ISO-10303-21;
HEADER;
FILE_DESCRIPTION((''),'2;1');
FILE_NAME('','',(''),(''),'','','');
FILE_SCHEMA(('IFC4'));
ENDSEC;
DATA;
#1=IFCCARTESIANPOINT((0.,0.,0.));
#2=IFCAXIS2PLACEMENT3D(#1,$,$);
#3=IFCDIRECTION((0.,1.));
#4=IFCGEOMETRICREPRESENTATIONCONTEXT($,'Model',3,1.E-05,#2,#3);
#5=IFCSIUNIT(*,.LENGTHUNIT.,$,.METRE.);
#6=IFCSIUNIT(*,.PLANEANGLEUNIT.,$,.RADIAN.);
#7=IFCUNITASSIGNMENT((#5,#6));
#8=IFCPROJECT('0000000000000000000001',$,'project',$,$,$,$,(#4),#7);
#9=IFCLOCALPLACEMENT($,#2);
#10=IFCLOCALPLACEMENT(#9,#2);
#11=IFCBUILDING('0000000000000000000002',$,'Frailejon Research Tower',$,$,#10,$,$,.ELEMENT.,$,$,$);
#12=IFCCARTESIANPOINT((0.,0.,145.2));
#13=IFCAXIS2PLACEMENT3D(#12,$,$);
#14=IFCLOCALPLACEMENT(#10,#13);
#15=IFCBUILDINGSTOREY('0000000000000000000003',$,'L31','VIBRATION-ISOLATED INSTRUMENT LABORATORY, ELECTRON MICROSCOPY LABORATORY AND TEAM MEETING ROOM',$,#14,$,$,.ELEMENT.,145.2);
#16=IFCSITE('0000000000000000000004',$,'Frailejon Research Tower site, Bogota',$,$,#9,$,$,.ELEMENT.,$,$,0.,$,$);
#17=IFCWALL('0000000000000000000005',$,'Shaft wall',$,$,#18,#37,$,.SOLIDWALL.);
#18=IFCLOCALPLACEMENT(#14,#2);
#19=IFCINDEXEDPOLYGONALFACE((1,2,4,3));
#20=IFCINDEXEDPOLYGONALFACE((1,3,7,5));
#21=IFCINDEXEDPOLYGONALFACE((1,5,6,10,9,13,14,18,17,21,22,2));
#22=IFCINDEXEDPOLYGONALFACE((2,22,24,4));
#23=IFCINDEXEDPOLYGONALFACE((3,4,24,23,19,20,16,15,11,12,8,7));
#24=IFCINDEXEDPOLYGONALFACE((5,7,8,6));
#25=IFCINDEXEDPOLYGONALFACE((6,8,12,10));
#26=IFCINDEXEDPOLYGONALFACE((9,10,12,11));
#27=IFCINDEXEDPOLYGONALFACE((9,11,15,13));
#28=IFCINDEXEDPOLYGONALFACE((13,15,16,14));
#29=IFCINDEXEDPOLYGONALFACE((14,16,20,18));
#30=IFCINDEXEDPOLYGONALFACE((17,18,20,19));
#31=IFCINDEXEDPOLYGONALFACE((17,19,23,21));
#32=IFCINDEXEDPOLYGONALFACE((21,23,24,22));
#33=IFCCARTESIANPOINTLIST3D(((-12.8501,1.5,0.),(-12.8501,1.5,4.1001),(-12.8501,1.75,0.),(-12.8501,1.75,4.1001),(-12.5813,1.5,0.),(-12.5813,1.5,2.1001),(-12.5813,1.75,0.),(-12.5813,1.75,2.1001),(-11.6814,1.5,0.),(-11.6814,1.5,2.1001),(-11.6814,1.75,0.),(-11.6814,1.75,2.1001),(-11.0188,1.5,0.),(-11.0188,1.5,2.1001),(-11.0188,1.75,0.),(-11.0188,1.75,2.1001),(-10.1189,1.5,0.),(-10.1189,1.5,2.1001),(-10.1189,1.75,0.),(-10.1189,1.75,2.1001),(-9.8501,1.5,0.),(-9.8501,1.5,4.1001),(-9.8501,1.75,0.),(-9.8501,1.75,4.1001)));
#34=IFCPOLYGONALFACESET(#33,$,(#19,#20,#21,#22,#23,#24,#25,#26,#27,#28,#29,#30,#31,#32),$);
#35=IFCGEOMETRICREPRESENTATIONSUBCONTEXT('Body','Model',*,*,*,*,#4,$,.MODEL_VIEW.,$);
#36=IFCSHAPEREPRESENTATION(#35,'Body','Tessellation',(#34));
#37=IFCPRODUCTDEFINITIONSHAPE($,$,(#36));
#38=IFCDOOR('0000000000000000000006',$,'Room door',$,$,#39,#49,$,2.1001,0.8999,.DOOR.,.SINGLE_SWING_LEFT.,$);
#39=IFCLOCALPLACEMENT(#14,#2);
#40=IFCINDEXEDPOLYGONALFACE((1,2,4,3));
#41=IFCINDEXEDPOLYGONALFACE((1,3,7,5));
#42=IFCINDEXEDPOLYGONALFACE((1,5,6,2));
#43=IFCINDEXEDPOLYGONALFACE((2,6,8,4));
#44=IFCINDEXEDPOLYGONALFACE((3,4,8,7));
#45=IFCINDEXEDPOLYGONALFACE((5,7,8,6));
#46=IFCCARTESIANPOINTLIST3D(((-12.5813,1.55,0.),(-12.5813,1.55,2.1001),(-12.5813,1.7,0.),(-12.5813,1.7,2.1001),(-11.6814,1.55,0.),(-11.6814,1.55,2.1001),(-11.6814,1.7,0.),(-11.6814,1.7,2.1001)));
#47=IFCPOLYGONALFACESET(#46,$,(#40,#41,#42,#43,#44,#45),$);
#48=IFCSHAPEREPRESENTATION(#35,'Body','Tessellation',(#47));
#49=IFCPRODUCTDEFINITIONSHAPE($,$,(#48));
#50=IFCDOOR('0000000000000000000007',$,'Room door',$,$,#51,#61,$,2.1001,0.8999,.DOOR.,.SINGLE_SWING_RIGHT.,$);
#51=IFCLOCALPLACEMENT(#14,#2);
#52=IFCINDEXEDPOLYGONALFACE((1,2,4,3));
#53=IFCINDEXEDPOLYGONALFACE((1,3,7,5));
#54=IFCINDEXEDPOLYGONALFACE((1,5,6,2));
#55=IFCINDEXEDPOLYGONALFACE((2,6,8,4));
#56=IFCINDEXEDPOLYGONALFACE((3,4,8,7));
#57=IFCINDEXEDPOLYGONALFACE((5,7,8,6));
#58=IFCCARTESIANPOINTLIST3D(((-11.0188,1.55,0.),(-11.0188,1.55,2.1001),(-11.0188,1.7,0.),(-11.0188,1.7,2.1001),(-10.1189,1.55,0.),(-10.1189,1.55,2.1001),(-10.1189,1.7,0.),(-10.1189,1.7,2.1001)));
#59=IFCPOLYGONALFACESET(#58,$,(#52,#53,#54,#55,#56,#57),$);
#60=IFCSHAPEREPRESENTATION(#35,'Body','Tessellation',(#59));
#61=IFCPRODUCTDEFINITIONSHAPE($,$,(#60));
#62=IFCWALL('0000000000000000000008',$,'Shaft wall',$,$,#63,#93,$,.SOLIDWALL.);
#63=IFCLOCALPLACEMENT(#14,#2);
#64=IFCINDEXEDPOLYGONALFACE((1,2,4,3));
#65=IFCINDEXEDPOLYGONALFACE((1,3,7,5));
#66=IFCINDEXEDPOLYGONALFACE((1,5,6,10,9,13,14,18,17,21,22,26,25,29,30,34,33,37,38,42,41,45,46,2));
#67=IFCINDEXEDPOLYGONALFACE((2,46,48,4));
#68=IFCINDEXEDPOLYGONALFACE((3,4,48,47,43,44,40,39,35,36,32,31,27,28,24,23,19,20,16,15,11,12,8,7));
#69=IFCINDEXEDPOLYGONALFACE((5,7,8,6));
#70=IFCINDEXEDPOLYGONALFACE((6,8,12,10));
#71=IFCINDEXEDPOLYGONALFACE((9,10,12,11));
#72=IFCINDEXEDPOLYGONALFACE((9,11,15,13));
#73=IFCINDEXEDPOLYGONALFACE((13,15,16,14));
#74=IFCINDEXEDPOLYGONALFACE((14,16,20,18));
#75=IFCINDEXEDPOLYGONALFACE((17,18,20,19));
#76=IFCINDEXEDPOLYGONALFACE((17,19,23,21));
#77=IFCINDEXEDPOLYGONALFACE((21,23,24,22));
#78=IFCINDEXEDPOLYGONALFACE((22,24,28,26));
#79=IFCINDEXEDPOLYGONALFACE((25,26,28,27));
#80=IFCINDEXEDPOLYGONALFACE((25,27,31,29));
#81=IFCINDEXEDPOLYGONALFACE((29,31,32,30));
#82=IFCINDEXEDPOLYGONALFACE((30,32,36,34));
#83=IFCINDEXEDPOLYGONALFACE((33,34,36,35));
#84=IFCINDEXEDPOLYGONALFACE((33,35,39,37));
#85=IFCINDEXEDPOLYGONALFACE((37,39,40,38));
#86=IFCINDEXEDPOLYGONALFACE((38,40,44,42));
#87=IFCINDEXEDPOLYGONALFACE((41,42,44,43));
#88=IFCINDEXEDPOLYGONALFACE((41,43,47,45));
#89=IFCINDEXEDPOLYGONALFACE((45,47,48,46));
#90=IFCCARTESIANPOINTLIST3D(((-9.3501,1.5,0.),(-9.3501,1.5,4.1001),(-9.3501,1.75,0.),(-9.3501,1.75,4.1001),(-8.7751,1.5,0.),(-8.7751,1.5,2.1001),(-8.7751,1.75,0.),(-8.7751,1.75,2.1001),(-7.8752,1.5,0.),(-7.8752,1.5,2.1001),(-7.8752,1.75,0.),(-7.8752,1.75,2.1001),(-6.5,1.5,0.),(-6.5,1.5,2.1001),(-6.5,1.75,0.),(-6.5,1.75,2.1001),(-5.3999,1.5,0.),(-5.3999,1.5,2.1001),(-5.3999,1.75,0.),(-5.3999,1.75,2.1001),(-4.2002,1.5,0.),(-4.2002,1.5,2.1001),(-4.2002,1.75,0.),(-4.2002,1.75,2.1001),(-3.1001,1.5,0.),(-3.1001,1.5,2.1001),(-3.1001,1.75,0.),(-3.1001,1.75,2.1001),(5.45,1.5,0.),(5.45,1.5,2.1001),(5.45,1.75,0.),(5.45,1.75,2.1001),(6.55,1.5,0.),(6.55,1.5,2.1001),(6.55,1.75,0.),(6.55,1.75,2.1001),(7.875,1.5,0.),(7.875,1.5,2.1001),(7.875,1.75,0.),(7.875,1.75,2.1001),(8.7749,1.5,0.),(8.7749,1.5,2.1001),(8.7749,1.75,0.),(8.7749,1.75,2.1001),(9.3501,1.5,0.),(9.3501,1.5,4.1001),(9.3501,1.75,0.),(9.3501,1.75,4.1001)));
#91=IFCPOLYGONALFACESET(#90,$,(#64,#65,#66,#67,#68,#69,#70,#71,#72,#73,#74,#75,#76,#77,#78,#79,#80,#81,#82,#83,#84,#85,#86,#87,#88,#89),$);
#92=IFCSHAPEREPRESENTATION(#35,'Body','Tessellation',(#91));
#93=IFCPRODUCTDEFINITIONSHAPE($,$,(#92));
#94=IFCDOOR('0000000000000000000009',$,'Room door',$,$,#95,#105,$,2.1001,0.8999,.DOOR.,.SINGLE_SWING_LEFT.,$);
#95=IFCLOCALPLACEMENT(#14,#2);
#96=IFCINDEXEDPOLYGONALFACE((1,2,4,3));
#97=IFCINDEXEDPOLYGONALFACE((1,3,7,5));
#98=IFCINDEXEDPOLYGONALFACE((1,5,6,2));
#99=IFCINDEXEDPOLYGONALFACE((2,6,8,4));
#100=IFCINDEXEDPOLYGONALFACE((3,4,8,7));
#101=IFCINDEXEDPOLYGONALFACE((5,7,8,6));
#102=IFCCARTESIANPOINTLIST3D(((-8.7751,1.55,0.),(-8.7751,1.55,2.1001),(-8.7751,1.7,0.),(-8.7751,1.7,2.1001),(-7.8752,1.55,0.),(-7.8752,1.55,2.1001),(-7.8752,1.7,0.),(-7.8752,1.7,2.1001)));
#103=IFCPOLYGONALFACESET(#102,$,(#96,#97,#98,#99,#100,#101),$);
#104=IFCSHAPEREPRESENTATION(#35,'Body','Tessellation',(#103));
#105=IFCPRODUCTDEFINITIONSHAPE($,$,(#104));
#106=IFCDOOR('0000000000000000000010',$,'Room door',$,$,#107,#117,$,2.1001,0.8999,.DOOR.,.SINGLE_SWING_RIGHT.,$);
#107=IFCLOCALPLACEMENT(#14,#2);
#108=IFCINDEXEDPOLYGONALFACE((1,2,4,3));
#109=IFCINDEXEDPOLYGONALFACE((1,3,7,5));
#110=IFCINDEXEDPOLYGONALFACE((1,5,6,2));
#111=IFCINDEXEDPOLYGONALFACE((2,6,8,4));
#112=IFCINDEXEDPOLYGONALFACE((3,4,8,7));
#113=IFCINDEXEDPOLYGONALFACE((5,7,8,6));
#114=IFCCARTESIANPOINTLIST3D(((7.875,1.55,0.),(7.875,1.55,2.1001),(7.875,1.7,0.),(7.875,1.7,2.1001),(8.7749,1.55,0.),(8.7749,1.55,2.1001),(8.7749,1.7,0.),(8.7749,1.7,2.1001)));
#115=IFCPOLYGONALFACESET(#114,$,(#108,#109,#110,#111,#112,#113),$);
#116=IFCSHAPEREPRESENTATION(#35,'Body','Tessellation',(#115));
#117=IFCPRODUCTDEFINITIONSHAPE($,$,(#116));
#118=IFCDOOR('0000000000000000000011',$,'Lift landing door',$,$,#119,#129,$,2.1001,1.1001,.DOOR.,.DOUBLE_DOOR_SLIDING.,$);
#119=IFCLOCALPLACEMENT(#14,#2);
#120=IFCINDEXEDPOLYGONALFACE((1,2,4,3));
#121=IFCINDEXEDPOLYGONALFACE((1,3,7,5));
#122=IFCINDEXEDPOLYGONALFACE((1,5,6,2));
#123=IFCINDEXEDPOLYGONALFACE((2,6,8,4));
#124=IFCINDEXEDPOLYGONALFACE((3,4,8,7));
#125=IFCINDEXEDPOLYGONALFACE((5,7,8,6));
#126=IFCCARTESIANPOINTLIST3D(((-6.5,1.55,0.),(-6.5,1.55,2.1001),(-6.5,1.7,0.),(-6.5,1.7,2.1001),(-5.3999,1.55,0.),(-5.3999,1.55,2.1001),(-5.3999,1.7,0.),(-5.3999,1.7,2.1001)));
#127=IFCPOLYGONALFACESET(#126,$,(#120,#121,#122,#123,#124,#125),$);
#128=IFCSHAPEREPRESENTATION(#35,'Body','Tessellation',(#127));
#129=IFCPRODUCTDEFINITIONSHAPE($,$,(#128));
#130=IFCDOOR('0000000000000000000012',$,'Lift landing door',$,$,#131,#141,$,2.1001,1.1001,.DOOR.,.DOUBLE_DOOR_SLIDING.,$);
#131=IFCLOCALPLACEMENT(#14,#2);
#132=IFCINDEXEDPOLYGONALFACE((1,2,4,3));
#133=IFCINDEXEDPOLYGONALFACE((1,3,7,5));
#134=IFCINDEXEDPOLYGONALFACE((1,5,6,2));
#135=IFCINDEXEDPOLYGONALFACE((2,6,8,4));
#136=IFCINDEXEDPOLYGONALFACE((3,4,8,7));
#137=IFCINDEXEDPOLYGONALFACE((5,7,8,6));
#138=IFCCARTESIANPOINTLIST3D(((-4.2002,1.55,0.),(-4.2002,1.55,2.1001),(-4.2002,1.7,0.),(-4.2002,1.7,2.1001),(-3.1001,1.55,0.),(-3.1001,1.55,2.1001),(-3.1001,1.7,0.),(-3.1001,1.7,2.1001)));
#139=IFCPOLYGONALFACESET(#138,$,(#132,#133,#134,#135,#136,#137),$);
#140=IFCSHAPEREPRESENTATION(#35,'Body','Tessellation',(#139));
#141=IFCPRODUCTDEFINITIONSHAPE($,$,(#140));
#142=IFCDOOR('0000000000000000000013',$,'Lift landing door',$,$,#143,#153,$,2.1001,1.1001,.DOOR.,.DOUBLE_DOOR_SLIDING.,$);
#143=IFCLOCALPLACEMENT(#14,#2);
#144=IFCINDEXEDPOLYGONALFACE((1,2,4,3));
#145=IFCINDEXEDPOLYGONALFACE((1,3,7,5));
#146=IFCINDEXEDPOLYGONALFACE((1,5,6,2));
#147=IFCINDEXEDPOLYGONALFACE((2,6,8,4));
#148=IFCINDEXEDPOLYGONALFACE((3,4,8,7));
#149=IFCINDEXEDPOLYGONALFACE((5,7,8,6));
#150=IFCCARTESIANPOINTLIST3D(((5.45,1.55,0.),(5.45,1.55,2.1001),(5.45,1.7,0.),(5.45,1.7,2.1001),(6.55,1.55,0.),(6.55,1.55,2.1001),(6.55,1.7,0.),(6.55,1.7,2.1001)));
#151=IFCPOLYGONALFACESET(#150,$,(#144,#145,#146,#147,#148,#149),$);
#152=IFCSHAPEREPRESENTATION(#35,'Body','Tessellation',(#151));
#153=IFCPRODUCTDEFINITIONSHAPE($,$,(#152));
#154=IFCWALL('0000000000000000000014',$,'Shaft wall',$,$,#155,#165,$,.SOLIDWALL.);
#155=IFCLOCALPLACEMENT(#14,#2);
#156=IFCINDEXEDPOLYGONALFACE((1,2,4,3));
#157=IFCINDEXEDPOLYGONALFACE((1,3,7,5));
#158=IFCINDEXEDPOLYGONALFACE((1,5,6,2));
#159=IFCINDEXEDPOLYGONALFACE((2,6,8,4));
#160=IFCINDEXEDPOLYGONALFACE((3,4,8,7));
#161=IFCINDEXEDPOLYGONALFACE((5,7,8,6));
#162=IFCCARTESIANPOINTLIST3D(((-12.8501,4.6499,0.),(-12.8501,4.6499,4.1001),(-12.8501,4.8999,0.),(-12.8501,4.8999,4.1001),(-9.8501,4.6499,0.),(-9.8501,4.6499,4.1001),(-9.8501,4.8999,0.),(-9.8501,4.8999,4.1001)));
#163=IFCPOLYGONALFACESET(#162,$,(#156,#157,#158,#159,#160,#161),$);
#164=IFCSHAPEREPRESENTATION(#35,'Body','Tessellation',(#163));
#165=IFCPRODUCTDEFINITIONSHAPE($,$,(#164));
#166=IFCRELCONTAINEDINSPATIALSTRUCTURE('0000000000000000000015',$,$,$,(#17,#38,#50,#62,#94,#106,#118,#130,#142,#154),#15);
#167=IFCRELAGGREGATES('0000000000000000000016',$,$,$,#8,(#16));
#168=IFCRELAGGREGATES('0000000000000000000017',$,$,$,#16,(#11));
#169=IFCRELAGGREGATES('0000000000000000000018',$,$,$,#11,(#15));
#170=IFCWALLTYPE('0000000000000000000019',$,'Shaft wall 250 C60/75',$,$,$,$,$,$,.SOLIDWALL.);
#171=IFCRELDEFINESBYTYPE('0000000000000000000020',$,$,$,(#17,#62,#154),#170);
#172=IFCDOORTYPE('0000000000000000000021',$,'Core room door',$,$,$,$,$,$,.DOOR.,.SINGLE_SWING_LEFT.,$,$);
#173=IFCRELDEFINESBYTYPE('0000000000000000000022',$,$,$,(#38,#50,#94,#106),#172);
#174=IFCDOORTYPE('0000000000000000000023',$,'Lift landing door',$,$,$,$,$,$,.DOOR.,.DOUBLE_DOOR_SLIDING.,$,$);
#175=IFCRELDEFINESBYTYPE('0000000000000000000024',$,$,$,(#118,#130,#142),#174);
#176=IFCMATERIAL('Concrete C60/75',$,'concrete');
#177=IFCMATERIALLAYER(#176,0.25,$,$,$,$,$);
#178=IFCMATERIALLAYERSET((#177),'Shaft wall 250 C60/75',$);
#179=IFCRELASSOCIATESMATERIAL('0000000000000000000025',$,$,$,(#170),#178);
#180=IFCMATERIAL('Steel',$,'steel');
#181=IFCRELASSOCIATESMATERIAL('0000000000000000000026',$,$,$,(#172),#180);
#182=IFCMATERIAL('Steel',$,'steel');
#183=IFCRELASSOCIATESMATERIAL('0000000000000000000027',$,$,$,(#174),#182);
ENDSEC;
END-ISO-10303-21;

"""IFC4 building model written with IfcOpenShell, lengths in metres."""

from ifc_helpers import new_model, si_unit, direction, frame, frame_2d, origin, place, context, subcontext, project, spatial, rectangle, extrude, material, layer, layer_set, type_object, element, fill, save


model = new_model("IFC4")

# Units and contexts
model_context = context("Model", 3, precision=1e-05, world=origin(), true_north=direction((0.0, 1.0)))
body_context = subcontext(model_context, "Body", "Model", "MODEL_VIEW")
ifc_project = project(units=[si_unit("LENGTHUNIT", "METRE"), si_unit("PLANEANGLEUNIT", "RADIAN")], contexts=[model_context])

# Site, building, storey
site_placement = place(None, origin())
site = spatial("IfcSite", under=ifc_project, at=site_placement, Name="Frailejon Research Tower site, Bogota", CompositionType="ELEMENT", RefElevation=0.0)
building_placement = place(site_placement, origin())
building = spatial("IfcBuilding", under=site, at=building_placement, Name="Frailejon Research Tower", CompositionType="ELEMENT")
storey_placement = place(building_placement, frame((0.0, 0.0, 145.2)))
storey = spatial("IfcBuildingStorey", under=building, at=storey_placement, Name="L31", Description="VIBRATION-ISOLATED INSTRUMENT LABORATORY, ELECTRON MICROSCOPY LABORATORY AND TEAM MEETING ROOM", CompositionType="ELEMENT", Elevation=145.2)

# Walls, openings, doors
ifc_material_1 = material(Name="Concrete C60/75", Category="concrete")
ifc_layer_1 = layer(ifc_material_1, 0.25)
ifc_layer_set_1 = layer_set([ifc_layer_1], Name="Shaft wall 250 C60/75")
wall_type_1 = type_object("IfcWallType", Name="Shaft wall 250 C60/75", PredefinedType="SOLIDWALL", material=ifc_layer_set_1)
wall_1_placement = place(storey_placement, frame((-12.8501, 1.625, 0.0), z_axis=(0.0, 0.0, 1.0), x_axis=(1.0, 0.0, 0.0)))
wall_1 = element("IfcWall", 1, at=wall_1_placement, inside=storey, type_object=wall_type_1, Name="Shaft wall", PredefinedType="SOLIDWALL", context=body_context, shape_type="SweptSolid", body=[
    extrude(rectangle(XDim=3.0, YDim=0.25, at=frame_2d((1.5, 0.0))), origin(), (0.0, 0.0, 1.0), 4.1001),
])
opening_1_placement = place(wall_1_placement, frame((0.2688, 0.0, 0.0)))
opening_1 = element("IfcOpeningElement", 2, at=opening_1_placement, cuts=wall_1, PredefinedType="OPENING", context=body_context, shape_type="SweptSolid", body=[
    extrude(rectangle(XDim=0.8999, YDim=2.1001, at=frame_2d((0.45, 1.05))), frame((0.0, 0.135, 0.0), z_axis=(0.0, -1.0, 0.0), x_axis=(1.0, 0.0, 0.0)), (0.0, 0.0, 1.0), 0.27),
])
opening_2_placement = place(wall_1_placement, frame((1.8313, 0.0, 0.0)))
opening_2 = element("IfcOpeningElement", 3, at=opening_2_placement, cuts=wall_1, PredefinedType="OPENING", context=body_context, shape_type="SweptSolid", body=[
    extrude(rectangle(XDim=0.8999, YDim=2.1001, at=frame_2d((0.45, 1.05))), frame((0.0, 0.135, 0.0), z_axis=(0.0, -1.0, 0.0), x_axis=(1.0, 0.0, 0.0)), (0.0, 0.0, 1.0), 0.27),
])
ifc_material_2 = material(Name="Steel", Category="steel")
door_type_1 = type_object("IfcDoorType", Name="Core room door", OperationType="SINGLE_SWING_LEFT", PredefinedType="DOOR", material=ifc_material_2)
door_1_placement = place(opening_1_placement, origin())
door_1 = element("IfcDoor", 4, at=door_1_placement, inside=storey, type_object=door_type_1, Name="Room door", OperationType="SINGLE_SWING_LEFT", OverallHeight=2.1001, OverallWidth=0.8999, PredefinedType="DOOR", context=body_context, shape_type="SweptSolid", body=[
    extrude(rectangle(XDim=0.8999, YDim=2.1001, at=frame_2d((0.45, 1.05))), frame((0.0, 0.075, 0.0), z_axis=(0.0, -1.0, 0.0), x_axis=(1.0, 0.0, 0.0)), (0.0, 0.0, 1.0), 0.1499),
])
fill(opening_1, door_1)
door_2_placement = place(opening_2_placement, origin())
door_2 = element("IfcDoor", 5, at=door_2_placement, inside=storey, type_object=door_type_1, Name="Room door", OperationType="SINGLE_SWING_RIGHT", OverallHeight=2.1001, OverallWidth=0.8999, PredefinedType="DOOR", context=body_context, shape_type="SweptSolid", body=[
    extrude(rectangle(XDim=0.8999, YDim=2.1001, at=frame_2d((0.45, 1.05))), frame((0.0, 0.075, 0.0), z_axis=(0.0, -1.0, 0.0), x_axis=(1.0, 0.0, 0.0)), (0.0, 0.0, 1.0), 0.1499),
])
fill(opening_2, door_2)
wall_2_placement = place(storey_placement, frame((-9.3501, 1.625, 0.0), z_axis=(0.0, 0.0, 1.0), x_axis=(1.0, 0.0, 0.0)))
wall_2 = element("IfcWall", 6, at=wall_2_placement, inside=storey, type_object=wall_type_1, Name="Shaft wall", PredefinedType="SOLIDWALL", context=body_context, shape_type="SweptSolid", body=[
    extrude(rectangle(XDim=18.7002, YDim=0.25, at=frame_2d((9.3501, 0.0))), origin(), (0.0, 0.0, 1.0), 4.1001),
])
opening_3_placement = place(wall_2_placement, frame((2.8501, 0.0, 0.0)))
opening_3 = element("IfcOpeningElement", 7, at=opening_3_placement, cuts=wall_2, PredefinedType="OPENING", context=body_context, shape_type="SweptSolid", body=[
    extrude(rectangle(XDim=1.1001, YDim=2.1001, at=frame_2d((0.55, 1.05))), frame((0.0, 0.135, 0.0), z_axis=(0.0, -1.0, 0.0), x_axis=(1.0, 0.0, 0.0)), (0.0, 0.0, 1.0), 0.27),
])
opening_4_placement = place(wall_2_placement, frame((5.1499, 0.0, 0.0)))
opening_4 = element("IfcOpeningElement", 8, at=opening_4_placement, cuts=wall_2, PredefinedType="OPENING", context=body_context, shape_type="SweptSolid", body=[
    extrude(rectangle(XDim=1.1001, YDim=2.1001, at=frame_2d((0.55, 1.05))), frame((0.0, 0.135, 0.0), z_axis=(0.0, -1.0, 0.0), x_axis=(1.0, 0.0, 0.0)), (0.0, 0.0, 1.0), 0.27),
])
opening_5_placement = place(wall_2_placement, frame((14.8, 0.0, 0.0)))
opening_5 = element("IfcOpeningElement", 9, at=opening_5_placement, cuts=wall_2, PredefinedType="OPENING", context=body_context, shape_type="SweptSolid", body=[
    extrude(rectangle(XDim=1.1001, YDim=2.1001, at=frame_2d((0.55, 1.05))), frame((0.0, 0.135, 0.0), z_axis=(0.0, -1.0, 0.0), x_axis=(1.0, 0.0, 0.0)), (0.0, 0.0, 1.0), 0.27),
])
opening_6_placement = place(wall_2_placement, frame((0.575, 0.0, 0.0)))
opening_6 = element("IfcOpeningElement", 10, at=opening_6_placement, cuts=wall_2, PredefinedType="OPENING", context=body_context, shape_type="SweptSolid", body=[
    extrude(rectangle(XDim=0.8999, YDim=2.1001, at=frame_2d((0.45, 1.05))), frame((0.0, 0.135, 0.0), z_axis=(0.0, -1.0, 0.0), x_axis=(1.0, 0.0, 0.0)), (0.0, 0.0, 1.0), 0.27),
])
opening_7_placement = place(wall_2_placement, frame((17.2251, 0.0, 0.0)))
opening_7 = element("IfcOpeningElement", 11, at=opening_7_placement, cuts=wall_2, PredefinedType="OPENING", context=body_context, shape_type="SweptSolid", body=[
    extrude(rectangle(XDim=0.8999, YDim=2.1001, at=frame_2d((0.45, 1.05))), frame((0.0, 0.135, 0.0), z_axis=(0.0, -1.0, 0.0), x_axis=(1.0, 0.0, 0.0)), (0.0, 0.0, 1.0), 0.27),
])
door_3_placement = place(opening_6_placement, origin())
door_3 = element("IfcDoor", 12, at=door_3_placement, inside=storey, type_object=door_type_1, Name="Room door", OperationType="SINGLE_SWING_LEFT", OverallHeight=2.1001, OverallWidth=0.8999, PredefinedType="DOOR", context=body_context, shape_type="SweptSolid", body=[
    extrude(rectangle(XDim=0.8999, YDim=2.1001, at=frame_2d((0.45, 1.05))), frame((0.0, 0.075, 0.0), z_axis=(0.0, -1.0, 0.0), x_axis=(1.0, 0.0, 0.0)), (0.0, 0.0, 1.0), 0.1499),
])
fill(opening_6, door_3)
door_4_placement = place(opening_7_placement, origin())
door_4 = element("IfcDoor", 13, at=door_4_placement, inside=storey, type_object=door_type_1, Name="Room door", OperationType="SINGLE_SWING_RIGHT", OverallHeight=2.1001, OverallWidth=0.8999, PredefinedType="DOOR", context=body_context, shape_type="SweptSolid", body=[
    extrude(rectangle(XDim=0.8999, YDim=2.1001, at=frame_2d((0.45, 1.05))), frame((0.0, 0.075, 0.0), z_axis=(0.0, -1.0, 0.0), x_axis=(1.0, 0.0, 0.0)), (0.0, 0.0, 1.0), 0.1499),
])
fill(opening_7, door_4)
ifc_material_3 = material(Name="Steel", Category="steel")
door_type_2 = type_object("IfcDoorType", Name="Lift landing door", OperationType="DOUBLE_DOOR_SLIDING", PredefinedType="DOOR", material=ifc_material_3)
door_5_placement = place(opening_3_placement, origin())
door_5 = element("IfcDoor", 14, at=door_5_placement, inside=storey, type_object=door_type_2, Name="Lift landing door", OperationType="DOUBLE_DOOR_SLIDING", OverallHeight=2.1001, OverallWidth=1.1001, PredefinedType="DOOR", context=body_context, shape_type="SweptSolid", body=[
    extrude(rectangle(XDim=1.1001, YDim=2.1001, at=frame_2d((0.55, 1.05))), frame((0.0, 0.075, 0.0), z_axis=(0.0, -1.0, 0.0), x_axis=(1.0, 0.0, 0.0)), (0.0, 0.0, 1.0), 0.1499),
])
fill(opening_3, door_5)
door_6_placement = place(opening_4_placement, origin())
door_6 = element("IfcDoor", 15, at=door_6_placement, inside=storey, type_object=door_type_2, Name="Lift landing door", OperationType="DOUBLE_DOOR_SLIDING", OverallHeight=2.1001, OverallWidth=1.1001, PredefinedType="DOOR", context=body_context, shape_type="SweptSolid", body=[
    extrude(rectangle(XDim=1.1001, YDim=2.1001, at=frame_2d((0.55, 1.05))), frame((0.0, 0.075, 0.0), z_axis=(0.0, -1.0, 0.0), x_axis=(1.0, 0.0, 0.0)), (0.0, 0.0, 1.0), 0.1499),
])
fill(opening_4, door_6)
door_7_placement = place(opening_5_placement, origin())
door_7 = element("IfcDoor", 16, at=door_7_placement, inside=storey, type_object=door_type_2, Name="Lift landing door", OperationType="DOUBLE_DOOR_SLIDING", OverallHeight=2.1001, OverallWidth=1.1001, PredefinedType="DOOR", context=body_context, shape_type="SweptSolid", body=[
    extrude(rectangle(XDim=1.1001, YDim=2.1001, at=frame_2d((0.55, 1.05))), frame((0.0, 0.075, 0.0), z_axis=(0.0, -1.0, 0.0), x_axis=(1.0, 0.0, 0.0)), (0.0, 0.0, 1.0), 0.1499),
])
fill(opening_5, door_7)

# Wall
wall_3_placement = place(storey_placement, frame((-12.8501, 4.7749, 0.0), z_axis=(0.0, 0.0, 1.0), x_axis=(1.0, 0.0, 0.0)))
element("IfcWall", 17, at=wall_3_placement, inside=storey, type_object=wall_type_1, Name="Shaft wall", PredefinedType="SOLIDWALL", context=body_context, shape_type="SweptSolid", body=[
    extrude(rectangle(XDim=3.0, YDim=0.25, at=frame_2d((1.5, 0.0))), origin(), (0.0, 0.0, 1.0), 4.1001),
])

save(model, "model.ifc")
